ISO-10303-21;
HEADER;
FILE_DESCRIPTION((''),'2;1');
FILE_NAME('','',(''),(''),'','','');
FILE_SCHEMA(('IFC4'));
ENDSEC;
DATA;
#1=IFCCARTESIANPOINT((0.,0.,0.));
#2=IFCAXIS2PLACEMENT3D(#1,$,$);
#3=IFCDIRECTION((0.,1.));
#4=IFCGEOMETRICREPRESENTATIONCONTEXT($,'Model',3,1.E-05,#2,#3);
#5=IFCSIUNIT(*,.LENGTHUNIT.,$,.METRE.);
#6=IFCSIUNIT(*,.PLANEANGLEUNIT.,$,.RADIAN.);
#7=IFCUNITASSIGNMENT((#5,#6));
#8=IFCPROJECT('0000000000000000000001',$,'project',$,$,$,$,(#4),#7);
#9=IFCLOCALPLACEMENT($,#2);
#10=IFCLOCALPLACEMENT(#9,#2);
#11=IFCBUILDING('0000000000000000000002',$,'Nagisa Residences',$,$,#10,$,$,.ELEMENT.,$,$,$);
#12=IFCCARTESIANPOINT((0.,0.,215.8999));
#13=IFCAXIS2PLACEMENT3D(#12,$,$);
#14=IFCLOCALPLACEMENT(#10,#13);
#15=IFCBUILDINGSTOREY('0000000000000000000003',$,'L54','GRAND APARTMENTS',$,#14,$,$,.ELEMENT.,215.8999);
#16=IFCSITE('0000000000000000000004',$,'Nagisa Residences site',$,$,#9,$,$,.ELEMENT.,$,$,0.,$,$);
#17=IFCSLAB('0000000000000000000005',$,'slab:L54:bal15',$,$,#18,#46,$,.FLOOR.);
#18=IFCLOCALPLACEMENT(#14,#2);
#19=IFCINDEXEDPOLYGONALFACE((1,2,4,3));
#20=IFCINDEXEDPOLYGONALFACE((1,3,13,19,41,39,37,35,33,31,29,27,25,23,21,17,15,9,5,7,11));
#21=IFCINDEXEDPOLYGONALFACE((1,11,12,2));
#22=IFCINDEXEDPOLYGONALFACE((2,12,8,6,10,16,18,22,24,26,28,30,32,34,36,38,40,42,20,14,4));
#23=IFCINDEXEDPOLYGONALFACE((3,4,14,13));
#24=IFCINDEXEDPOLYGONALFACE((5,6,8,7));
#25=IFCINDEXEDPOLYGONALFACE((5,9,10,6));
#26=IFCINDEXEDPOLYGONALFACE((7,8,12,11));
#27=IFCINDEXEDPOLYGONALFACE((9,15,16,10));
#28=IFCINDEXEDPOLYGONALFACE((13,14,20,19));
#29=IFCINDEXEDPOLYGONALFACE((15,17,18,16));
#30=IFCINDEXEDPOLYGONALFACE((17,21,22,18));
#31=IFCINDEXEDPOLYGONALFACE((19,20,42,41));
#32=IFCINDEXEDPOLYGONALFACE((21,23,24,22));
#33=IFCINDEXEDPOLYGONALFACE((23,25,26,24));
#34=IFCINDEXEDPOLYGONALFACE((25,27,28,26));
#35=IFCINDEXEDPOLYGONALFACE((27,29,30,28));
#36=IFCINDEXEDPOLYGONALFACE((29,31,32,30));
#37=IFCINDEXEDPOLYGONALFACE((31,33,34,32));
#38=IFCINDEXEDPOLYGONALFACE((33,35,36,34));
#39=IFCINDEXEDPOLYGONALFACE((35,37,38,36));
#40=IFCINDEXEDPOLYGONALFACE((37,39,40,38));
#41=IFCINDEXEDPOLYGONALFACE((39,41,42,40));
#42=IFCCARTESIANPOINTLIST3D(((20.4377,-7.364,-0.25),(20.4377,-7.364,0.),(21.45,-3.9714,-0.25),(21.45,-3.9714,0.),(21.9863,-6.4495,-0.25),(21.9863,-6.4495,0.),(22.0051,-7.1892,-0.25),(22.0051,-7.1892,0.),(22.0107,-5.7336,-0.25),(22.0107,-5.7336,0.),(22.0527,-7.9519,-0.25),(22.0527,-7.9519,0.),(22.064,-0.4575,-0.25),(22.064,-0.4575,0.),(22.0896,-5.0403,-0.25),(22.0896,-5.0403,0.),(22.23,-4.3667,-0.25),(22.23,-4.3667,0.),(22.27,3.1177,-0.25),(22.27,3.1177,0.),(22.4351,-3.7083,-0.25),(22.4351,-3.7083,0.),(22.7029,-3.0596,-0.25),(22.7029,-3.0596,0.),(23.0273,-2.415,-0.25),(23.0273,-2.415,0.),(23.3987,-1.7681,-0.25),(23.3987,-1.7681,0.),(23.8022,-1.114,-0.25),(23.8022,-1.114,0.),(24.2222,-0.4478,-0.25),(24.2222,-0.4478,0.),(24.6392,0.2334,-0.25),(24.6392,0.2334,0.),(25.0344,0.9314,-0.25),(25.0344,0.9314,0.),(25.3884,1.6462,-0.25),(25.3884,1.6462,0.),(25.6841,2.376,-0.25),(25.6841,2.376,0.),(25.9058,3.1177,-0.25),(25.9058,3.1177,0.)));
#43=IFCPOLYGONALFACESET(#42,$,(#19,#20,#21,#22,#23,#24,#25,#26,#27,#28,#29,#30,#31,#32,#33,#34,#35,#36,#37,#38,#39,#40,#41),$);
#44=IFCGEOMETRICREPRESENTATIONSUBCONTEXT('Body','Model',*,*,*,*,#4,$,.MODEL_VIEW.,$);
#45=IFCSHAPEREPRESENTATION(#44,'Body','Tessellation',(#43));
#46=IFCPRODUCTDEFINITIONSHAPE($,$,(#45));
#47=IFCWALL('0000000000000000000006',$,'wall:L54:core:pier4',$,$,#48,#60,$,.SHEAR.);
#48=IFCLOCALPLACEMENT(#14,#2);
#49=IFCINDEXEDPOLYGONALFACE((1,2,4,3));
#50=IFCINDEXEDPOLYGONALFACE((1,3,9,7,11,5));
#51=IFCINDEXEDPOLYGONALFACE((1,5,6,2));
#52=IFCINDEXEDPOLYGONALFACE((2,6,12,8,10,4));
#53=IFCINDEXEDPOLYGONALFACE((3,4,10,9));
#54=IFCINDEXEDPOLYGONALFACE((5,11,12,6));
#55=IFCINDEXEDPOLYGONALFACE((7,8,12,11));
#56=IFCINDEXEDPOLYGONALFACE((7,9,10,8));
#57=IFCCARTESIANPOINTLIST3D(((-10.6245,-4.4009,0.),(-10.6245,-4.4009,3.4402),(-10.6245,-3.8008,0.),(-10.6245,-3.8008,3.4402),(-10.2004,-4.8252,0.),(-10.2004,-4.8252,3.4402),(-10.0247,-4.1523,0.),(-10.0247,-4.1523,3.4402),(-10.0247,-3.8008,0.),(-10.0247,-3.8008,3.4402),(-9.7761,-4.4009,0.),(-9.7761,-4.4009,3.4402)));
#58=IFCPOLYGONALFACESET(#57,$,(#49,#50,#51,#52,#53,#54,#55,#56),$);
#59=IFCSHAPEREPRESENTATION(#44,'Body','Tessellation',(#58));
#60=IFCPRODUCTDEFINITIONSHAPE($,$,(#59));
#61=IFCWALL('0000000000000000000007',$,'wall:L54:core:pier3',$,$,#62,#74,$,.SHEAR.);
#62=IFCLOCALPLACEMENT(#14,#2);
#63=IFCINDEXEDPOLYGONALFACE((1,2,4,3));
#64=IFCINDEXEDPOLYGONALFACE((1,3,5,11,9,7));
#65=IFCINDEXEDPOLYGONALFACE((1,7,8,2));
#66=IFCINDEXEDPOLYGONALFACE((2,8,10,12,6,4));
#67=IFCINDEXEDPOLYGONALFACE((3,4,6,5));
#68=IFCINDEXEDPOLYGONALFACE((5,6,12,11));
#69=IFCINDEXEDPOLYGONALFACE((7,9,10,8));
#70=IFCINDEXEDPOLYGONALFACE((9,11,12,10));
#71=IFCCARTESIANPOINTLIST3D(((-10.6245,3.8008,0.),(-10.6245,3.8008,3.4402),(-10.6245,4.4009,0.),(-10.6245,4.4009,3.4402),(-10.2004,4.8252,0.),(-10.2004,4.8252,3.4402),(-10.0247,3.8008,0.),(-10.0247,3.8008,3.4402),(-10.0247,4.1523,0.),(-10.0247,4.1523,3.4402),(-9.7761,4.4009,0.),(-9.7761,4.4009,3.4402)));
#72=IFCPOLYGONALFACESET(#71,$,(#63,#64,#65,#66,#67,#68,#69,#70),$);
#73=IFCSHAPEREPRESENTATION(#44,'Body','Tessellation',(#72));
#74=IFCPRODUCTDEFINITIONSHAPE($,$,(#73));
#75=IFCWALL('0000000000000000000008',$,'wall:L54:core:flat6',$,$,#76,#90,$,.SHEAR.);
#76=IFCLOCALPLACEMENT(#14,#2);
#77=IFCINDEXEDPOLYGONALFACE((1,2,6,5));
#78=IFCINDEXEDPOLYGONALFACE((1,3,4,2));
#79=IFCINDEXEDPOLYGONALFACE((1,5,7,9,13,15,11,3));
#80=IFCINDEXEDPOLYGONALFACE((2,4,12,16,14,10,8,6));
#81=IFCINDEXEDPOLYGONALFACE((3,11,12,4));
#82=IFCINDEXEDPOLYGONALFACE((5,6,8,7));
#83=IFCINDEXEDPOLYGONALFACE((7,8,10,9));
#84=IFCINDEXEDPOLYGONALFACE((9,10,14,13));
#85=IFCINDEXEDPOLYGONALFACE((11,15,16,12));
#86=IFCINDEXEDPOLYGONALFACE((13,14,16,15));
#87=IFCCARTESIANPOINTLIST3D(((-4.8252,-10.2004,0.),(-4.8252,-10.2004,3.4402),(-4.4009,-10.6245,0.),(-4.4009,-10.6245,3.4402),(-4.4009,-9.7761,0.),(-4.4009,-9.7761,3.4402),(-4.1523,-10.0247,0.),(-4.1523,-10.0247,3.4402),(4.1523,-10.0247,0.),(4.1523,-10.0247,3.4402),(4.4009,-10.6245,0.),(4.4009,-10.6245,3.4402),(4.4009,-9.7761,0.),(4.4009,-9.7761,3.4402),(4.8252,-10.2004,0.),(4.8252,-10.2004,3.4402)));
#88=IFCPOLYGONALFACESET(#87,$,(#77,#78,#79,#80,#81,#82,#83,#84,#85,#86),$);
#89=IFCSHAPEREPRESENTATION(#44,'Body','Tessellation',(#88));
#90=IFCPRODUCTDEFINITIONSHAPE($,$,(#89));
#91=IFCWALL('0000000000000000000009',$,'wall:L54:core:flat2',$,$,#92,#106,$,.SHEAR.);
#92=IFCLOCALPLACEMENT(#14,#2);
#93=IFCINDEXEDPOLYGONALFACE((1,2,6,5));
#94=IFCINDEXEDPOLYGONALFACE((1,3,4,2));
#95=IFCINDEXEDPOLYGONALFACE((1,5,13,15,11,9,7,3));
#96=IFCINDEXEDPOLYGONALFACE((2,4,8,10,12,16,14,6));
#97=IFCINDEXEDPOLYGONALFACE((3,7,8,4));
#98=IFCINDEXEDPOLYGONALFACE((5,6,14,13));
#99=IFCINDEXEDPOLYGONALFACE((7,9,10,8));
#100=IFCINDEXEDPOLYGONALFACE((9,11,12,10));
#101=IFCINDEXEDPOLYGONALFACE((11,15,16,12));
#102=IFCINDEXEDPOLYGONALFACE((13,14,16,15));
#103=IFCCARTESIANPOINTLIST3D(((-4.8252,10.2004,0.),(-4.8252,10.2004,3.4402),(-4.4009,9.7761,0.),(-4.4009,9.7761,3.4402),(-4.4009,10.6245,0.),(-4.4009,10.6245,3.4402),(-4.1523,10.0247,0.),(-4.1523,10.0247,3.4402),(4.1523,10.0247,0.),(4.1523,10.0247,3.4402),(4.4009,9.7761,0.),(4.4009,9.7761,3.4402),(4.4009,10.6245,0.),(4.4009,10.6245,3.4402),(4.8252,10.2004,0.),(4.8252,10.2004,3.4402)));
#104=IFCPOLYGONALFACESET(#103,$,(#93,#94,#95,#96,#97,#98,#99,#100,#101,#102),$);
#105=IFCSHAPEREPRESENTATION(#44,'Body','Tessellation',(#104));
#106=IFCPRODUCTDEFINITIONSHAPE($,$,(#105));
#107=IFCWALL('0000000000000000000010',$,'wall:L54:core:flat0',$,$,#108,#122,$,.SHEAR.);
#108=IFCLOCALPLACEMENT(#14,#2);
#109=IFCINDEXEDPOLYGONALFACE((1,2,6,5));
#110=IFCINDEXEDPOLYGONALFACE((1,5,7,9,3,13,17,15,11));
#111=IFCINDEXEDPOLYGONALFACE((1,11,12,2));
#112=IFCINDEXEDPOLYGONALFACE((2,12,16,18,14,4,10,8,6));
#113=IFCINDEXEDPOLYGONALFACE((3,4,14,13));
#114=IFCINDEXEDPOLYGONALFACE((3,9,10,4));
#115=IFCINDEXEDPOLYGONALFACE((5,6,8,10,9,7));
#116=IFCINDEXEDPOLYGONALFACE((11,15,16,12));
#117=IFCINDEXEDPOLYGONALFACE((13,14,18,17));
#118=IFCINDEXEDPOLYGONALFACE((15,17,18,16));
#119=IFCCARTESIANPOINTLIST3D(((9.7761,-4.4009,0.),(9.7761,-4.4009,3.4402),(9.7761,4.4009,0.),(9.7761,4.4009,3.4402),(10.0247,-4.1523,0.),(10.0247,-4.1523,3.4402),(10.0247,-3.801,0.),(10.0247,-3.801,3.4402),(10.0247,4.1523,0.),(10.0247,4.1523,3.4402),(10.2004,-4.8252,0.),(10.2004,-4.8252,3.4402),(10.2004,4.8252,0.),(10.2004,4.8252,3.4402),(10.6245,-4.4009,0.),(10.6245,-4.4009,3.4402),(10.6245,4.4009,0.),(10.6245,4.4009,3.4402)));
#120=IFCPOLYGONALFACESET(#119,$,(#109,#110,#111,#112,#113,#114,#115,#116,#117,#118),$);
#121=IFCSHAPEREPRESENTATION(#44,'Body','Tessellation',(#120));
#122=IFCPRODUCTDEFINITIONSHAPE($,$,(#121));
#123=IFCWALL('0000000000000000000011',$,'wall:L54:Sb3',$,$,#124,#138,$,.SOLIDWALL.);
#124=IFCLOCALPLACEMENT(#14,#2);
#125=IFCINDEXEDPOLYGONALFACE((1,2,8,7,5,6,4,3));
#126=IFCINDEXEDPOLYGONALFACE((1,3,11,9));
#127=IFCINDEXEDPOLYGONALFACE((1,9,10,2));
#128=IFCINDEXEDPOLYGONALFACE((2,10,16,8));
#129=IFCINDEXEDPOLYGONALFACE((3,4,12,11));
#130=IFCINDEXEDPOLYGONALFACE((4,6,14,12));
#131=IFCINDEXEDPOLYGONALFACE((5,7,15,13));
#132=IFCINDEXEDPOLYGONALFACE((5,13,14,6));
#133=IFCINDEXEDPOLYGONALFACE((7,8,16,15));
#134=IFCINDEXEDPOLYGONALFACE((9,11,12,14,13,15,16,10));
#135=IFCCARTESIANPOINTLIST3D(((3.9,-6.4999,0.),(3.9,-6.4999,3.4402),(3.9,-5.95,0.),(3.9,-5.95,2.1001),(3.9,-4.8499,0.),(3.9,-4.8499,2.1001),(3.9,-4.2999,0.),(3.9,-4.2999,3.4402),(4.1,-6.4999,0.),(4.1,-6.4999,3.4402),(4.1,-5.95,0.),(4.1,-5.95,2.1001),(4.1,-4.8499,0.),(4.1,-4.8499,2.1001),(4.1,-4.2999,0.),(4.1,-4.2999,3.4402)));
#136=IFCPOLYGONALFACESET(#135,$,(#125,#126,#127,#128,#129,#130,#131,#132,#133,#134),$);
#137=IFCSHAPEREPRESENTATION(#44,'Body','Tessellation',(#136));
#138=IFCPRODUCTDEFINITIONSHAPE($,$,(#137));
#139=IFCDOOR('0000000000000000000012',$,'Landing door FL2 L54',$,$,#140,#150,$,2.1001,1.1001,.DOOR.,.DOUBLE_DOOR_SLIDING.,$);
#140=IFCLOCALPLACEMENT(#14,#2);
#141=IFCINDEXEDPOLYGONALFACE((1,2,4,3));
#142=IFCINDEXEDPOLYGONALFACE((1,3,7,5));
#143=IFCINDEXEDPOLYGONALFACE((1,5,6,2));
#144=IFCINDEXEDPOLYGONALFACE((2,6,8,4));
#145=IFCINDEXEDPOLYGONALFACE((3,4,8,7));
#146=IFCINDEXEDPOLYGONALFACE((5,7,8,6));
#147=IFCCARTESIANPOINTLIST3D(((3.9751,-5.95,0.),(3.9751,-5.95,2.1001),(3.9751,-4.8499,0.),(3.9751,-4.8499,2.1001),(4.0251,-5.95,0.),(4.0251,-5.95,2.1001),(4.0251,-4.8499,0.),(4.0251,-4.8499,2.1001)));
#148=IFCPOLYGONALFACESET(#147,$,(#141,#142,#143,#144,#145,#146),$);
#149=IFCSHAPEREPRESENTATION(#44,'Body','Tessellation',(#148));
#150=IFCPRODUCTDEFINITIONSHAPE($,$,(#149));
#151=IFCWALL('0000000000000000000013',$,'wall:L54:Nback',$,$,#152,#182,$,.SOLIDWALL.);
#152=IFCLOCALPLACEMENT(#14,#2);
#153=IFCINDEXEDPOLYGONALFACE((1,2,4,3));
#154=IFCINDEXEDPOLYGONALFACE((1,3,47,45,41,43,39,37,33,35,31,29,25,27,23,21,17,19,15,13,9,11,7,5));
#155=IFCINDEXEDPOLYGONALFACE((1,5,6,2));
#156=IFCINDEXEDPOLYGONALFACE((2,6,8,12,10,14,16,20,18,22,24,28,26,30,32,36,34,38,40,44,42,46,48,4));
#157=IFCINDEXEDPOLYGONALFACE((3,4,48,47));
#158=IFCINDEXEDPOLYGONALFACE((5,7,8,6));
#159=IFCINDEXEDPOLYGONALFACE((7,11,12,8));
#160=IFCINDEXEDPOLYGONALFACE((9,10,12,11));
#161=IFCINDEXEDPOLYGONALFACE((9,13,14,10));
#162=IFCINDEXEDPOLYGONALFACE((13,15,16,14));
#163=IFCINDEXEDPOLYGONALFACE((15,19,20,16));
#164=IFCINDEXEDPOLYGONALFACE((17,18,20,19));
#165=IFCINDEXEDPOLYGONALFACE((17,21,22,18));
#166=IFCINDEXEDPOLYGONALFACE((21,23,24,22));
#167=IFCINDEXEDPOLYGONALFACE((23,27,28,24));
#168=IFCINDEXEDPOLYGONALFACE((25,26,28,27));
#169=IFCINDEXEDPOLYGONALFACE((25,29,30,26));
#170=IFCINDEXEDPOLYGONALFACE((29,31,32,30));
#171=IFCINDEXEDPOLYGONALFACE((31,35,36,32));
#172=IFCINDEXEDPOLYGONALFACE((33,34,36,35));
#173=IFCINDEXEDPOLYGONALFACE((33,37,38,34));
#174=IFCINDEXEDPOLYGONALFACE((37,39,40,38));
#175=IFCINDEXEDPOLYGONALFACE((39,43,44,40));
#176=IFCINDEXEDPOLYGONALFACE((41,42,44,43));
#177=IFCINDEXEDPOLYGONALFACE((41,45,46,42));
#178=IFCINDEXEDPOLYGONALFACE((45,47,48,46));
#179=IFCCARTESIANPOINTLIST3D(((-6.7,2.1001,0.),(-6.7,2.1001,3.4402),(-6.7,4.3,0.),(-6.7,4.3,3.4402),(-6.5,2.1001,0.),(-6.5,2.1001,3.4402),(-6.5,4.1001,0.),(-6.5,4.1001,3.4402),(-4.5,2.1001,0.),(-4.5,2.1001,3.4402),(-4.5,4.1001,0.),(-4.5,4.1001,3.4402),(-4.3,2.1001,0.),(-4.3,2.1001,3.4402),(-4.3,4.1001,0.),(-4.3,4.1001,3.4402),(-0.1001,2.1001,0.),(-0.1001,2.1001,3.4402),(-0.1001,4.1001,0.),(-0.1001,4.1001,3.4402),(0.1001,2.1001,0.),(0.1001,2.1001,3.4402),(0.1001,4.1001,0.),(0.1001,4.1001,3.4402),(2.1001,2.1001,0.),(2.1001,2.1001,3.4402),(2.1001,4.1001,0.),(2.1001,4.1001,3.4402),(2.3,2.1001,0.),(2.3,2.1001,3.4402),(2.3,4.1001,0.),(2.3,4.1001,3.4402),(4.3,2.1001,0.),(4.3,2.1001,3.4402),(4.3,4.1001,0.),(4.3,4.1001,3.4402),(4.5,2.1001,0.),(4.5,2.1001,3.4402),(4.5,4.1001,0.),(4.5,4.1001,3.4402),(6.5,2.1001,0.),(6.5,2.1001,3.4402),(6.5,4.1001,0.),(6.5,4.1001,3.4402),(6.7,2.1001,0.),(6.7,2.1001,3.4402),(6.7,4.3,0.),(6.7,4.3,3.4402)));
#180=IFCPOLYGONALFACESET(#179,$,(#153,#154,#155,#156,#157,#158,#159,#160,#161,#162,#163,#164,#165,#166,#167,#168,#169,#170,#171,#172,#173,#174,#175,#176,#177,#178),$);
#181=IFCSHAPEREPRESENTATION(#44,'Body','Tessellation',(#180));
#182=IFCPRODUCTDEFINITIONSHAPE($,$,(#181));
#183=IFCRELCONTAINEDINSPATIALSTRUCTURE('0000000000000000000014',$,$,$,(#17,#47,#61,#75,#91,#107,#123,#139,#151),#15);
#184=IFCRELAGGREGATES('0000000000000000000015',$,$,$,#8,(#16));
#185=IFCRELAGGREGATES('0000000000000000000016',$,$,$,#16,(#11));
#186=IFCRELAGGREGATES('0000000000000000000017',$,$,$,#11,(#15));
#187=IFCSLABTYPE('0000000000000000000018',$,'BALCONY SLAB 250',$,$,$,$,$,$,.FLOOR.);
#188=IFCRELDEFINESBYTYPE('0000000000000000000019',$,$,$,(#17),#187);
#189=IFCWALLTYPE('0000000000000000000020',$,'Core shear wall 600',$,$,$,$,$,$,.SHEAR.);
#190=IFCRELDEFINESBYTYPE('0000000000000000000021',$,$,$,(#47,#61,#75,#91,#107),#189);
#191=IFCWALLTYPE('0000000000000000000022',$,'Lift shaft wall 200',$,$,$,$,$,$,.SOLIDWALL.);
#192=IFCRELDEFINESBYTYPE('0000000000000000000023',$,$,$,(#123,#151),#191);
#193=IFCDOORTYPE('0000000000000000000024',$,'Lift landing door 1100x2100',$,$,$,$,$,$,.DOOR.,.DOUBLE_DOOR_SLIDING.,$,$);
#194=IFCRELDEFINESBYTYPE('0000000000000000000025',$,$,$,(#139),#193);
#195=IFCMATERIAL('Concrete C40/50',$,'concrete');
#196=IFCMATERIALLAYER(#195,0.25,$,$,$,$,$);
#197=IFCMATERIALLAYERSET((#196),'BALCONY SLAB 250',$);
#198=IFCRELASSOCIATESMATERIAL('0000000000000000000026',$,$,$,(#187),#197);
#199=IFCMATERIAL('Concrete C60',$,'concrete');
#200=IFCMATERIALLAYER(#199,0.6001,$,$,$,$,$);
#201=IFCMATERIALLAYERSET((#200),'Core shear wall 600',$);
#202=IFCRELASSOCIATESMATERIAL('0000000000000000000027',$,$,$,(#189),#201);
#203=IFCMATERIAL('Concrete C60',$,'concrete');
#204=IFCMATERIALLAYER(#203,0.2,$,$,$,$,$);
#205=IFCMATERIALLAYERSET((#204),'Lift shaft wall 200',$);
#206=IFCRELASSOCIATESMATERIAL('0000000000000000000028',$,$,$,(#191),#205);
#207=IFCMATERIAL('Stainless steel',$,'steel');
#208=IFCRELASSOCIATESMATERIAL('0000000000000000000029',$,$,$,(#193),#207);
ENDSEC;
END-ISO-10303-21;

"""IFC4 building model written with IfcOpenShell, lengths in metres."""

from ifc_helpers import new_model, si_unit, direction, frame, frame_2d, origin, place, context, subcontext, project, spatial, polyline, rectangle, outline, extrude, material, layer, layer_set, type_object, element, fill, save


model = new_model("IFC4")

# Units and contexts
model_context = context("Model", 3, precision=1e-05, world=origin(), true_north=direction((0.0, 1.0)))
body_context = subcontext(model_context, "Body", "Model", "MODEL_VIEW")
ifc_project = project(units=[si_unit("LENGTHUNIT", "METRE"), si_unit("PLANEANGLEUNIT", "RADIAN")], contexts=[model_context])

# Site, building, storey
site_placement = place(None, origin())
site = spatial("IfcSite", under=ifc_project, at=site_placement, Name="Nagisa Residences site", CompositionType="ELEMENT", RefElevation=0.0)
building_placement = place(site_placement, origin())
building = spatial("IfcBuilding", under=site, at=building_placement, Name="Nagisa Residences", CompositionType="ELEMENT")
storey_placement = place(building_placement, frame((0.0, 0.0, 215.8999)))
storey = spatial("IfcBuildingStorey", under=building, at=storey_placement, Name="L54", Description="GRAND APARTMENTS", CompositionType="ELEMENT", Elevation=215.8999)

# Slab
ifc_material_1 = material(Name="Concrete C40/50", Category="concrete")
ifc_layer_1 = layer(ifc_material_1, 0.25)
ifc_layer_set_1 = layer_set([ifc_layer_1], Name="BALCONY SLAB 250")
slab_type = type_object("IfcSlabType", Name="BALCONY SLAB 250", PredefinedType="FLOOR", material=ifc_layer_set_1)
slab_1_placement = place(storey_placement, frame((0.0, 0.0, -0.25)))
element("IfcSlab", 1, at=slab_1_placement, inside=storey, type_object=slab_type, Name="slab:L54:bal15", PredefinedType="FLOOR", context=body_context, shape_type="SweptSolid", body=[
    extrude(outline(polyline([(22.0527, -7.9519), (22.0051, -7.1892), (21.9863, -6.4495), (22.0107, -5.7336), (22.0896, -5.0403), (22.23, -4.3667), (22.4351, -3.7083), (22.7029, -3.0596), (23.0273, -2.415), (23.3987, -1.7681), (23.8022, -1.114), (24.2222, -0.4478), (24.6392, 0.2334), (25.0344, 0.9314), (25.3884, 1.6462), (25.6841, 2.376), (25.9058, 3.1177), (22.27, 3.1177), (22.064, -0.4575), (21.45, -3.9714), (20.4377, -7.364), (22.0527, -7.9519)])), origin(), (0.0, 0.0, 1.0), 0.25),
])

# Walls
ifc_material_2 = material(Name="Concrete C60", Category="concrete")
ifc_layer_2 = layer(ifc_material_2, 0.6001)
ifc_layer_set_2 = layer_set([ifc_layer_2], Name="Core shear wall 600")
wall_type_1 = type_object("IfcWallType", Name="Core shear wall 600", PredefinedType="SHEAR", material=ifc_layer_set_2)
wall_1_placement = place(storey_placement, origin())
element("IfcWall", 2, at=wall_1_placement, inside=storey, type_object=wall_type_1, Name="wall:L54:core:pier4", PredefinedType="SHEAR", context=body_context, shape_type="SweptSolid", body=[
    extrude(outline(polyline([(-10.6245, -3.8008), (-10.0247, -3.8008), (-10.0247, -4.1523), (-9.7761, -4.4009), (-10.2004, -4.8252), (-10.6245, -4.4009), (-10.6245, -3.8008)])), origin(), (0.0, 0.0, 1.0), 3.4402),
])
wall_2_placement = place(storey_placement, origin())
element("IfcWall", 3, at=wall_2_placement, inside=storey, type_object=wall_type_1, Name="wall:L54:core:pier3", PredefinedType="SHEAR", context=body_context, shape_type="SweptSolid", body=[
    extrude(outline(polyline([(-10.2004, 4.8252), (-9.7761, 4.4009), (-10.0247, 4.1523), (-10.0247, 3.8008), (-10.6245, 3.8008), (-10.6245, 4.4009), (-10.2004, 4.8252)])), origin(), (0.0, 0.0, 1.0), 3.4402),
])
wall_3_placement = place(storey_placement, origin())
element("IfcWall", 4, at=wall_3_placement, inside=storey, type_object=wall_type_1, Name="wall:L54:core:flat6", PredefinedType="SHEAR", context=body_context, shape_type="SweptSolid", body=[
    extrude(outline(polyline([(-4.1523, -10.0247), (4.1523, -10.0247), (4.4009, -9.7761), (4.8252, -10.2004), (4.4009, -10.6245), (-4.4009, -10.6245), (-4.8252, -10.2004), (-4.4009, -9.7761), (-4.1523, -10.0247)])), origin(), (0.0, 0.0, 1.0), 3.4402),
])
wall_4_placement = place(storey_placement, origin())
element("IfcWall", 5, at=wall_4_placement, inside=storey, type_object=wall_type_1, Name="wall:L54:core:flat2", PredefinedType="SHEAR", context=body_context, shape_type="SweptSolid", body=[
    extrude(outline(polyline([(-4.1523, 10.0247), (-4.4009, 9.7761), (-4.8252, 10.2004), (-4.4009, 10.6245), (4.4009, 10.6245), (4.8252, 10.2004), (4.4009, 9.7761), (4.1523, 10.0247), (-4.1523, 10.0247)])), origin(), (0.0, 0.0, 1.0), 3.4402),
])
wall_5_placement = place(storey_placement, origin())
element("IfcWall", 6, at=wall_5_placement, inside=storey, type_object=wall_type_1, Name="wall:L54:core:flat0", PredefinedType="SHEAR", context=body_context, shape_type="SweptSolid", body=[
    extrude(outline(polyline([(9.7761, -4.4009), (10.0247, -4.1523), (10.0247, -3.801), (10.0247, 4.1523), (9.7761, 4.4009), (10.2004, 4.8252), (10.6245, 4.4009), (10.6245, -4.4009), (10.2004, -4.8252), (9.7761, -4.4009)])), origin(), (0.0, 0.0, 1.0), 3.4402),
])

# Wall, opening, door
ifc_material_3 = material(Name="Concrete C60", Category="concrete")
ifc_layer_3 = layer(ifc_material_3, 0.2)
ifc_layer_set_3 = layer_set([ifc_layer_3], Name="Lift shaft wall 200")
wall_type_2 = type_object("IfcWallType", Name="Lift shaft wall 200", PredefinedType="SOLIDWALL", material=ifc_layer_set_3)
wall_6_placement = place(storey_placement, frame((4.0, -6.5, 0.0), z_axis=(0.0, 0.0, 1.0), x_axis=(0.0, 1.0, 0.0)))
wall_6 = element("IfcWall", 7, at=wall_6_placement, inside=storey, type_object=wall_type_2, Name="wall:L54:Sb3", PredefinedType="SOLIDWALL", context=body_context, shape_type="SweptSolid", body=[
    extrude(rectangle(XDim=2.2, YDim=0.2, at=frame_2d((1.1001, 0.0))), origin(), (0.0, 0.0, 1.0), 3.4402),
])
opening_1_placement = place(wall_6_placement, frame((0.55, 0.0, 0.0)))
opening_1 = element("IfcOpeningElement", 8, at=opening_1_placement, cuts=wall_6, PredefinedType="OPENING", context=body_context, shape_type="SweptSolid", body=[
    extrude(rectangle(XDim=1.1001, YDim=2.1001, at=frame_2d((0.55, 1.05))), frame((0.0, 0.1099, 0.0), z_axis=(0.0, -1.0, 0.0), x_axis=(1.0, 0.0, 0.0)), (0.0, 0.0, 1.0), 0.22),
])
ifc_material_4 = material(Name="Stainless steel", Category="steel")
door_type_1 = type_object("IfcDoorType", Name="Lift landing door 1100x2100", OperationType="DOUBLE_DOOR_SLIDING", PredefinedType="DOOR", material=ifc_material_4)
door_1_placement = place(opening_1_placement, origin())
door_1 = element("IfcDoor", 9, at=door_1_placement, inside=storey, type_object=door_type_1, Name="Landing door FL2 L54", OperationType="DOUBLE_DOOR_SLIDING", OverallHeight=2.1001, OverallWidth=1.1001, PredefinedType="DOOR", context=body_context, shape_type="SweptSolid", body=[
    extrude(rectangle(XDim=1.1001, YDim=2.1001, at=frame_2d((0.55, 1.05))), frame((0.0, 0.0249, 0.0), z_axis=(0.0, -1.0, 0.0), x_axis=(1.0, 0.0, 0.0)), (0.0, 0.0, 1.0), 0.05),
])
fill(opening_1, door_1)

# Wall
wall_7_placement = place(storey_placement, origin())
element("IfcWall", 10, at=wall_7_placement, inside=storey, type_object=wall_type_2, Name="wall:L54:Nback", PredefinedType="SOLIDWALL", context=body_context, shape_type="SweptSolid", body=[
    extrude(outline(polyline([(-6.7, 4.3), (6.7, 4.3), (6.7, 2.1001), (6.5, 2.1001), (6.5, 4.1001), (4.5, 4.1001), (4.5, 2.1001), (4.3, 2.1001), (4.3, 4.1001), (2.3, 4.1001), (2.3, 2.1001), (2.1001, 2.1001), (2.1001, 4.1001), (0.1001, 4.1001), (0.1001, 2.1001), (-0.1001, 2.1001), (-0.1001, 4.1001), (-4.3, 4.1001), (-4.3, 2.1001), (-4.5, 2.1001), (-4.5, 4.1001), (-6.5, 4.1001), (-6.5, 2.1001), (-6.7, 2.1001), (-6.7, 4.3)])), origin(), (0.0, 0.0, 1.0), 3.4402),
])

save(model, "model.ifc")
